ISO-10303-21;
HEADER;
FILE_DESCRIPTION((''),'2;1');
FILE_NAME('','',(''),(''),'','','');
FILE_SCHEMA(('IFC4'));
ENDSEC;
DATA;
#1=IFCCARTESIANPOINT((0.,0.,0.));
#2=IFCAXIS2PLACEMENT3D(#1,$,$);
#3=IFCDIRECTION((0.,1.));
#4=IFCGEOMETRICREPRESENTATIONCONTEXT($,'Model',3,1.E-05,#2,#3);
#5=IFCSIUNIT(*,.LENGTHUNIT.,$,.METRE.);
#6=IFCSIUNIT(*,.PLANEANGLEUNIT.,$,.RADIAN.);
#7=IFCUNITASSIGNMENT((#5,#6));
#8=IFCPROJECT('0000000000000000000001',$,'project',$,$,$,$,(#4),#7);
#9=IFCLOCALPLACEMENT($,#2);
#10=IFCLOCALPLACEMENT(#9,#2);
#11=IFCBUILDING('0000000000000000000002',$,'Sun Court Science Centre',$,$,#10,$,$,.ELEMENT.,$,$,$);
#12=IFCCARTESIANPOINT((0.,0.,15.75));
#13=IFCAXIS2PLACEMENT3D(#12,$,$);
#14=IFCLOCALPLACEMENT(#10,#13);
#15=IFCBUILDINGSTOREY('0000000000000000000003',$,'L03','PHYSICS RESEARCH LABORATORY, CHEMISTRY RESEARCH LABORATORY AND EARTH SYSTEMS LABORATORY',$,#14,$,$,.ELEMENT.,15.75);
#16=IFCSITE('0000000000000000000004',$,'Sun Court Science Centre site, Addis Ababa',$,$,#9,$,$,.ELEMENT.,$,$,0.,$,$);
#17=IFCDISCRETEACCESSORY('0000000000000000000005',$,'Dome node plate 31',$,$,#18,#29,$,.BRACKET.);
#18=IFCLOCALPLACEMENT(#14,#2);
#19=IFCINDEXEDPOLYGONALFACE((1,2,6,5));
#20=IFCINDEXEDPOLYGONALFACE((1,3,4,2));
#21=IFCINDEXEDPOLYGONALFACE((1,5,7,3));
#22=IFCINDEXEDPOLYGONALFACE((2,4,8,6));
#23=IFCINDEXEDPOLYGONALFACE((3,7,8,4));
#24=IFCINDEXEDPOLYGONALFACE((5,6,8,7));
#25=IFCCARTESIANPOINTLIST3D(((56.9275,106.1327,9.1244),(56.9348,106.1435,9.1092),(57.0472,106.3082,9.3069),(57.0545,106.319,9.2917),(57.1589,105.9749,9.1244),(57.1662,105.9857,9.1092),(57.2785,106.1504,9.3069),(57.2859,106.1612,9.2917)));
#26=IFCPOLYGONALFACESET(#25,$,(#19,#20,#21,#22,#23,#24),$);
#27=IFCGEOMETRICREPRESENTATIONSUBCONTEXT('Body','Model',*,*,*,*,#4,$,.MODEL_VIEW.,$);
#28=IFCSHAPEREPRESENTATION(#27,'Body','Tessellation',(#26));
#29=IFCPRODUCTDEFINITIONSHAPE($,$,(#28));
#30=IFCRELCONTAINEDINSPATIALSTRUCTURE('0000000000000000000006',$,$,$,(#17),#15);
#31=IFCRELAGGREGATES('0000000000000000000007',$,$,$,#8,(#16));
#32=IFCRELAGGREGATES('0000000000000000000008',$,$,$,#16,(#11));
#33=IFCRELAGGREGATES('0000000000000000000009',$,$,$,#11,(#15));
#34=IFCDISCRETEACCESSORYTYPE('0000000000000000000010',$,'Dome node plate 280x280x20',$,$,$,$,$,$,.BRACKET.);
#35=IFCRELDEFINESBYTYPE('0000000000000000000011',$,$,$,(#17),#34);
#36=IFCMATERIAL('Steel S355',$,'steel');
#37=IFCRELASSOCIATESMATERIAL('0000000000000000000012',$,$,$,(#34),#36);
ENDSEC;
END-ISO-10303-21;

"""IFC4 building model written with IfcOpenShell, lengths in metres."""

from ifc_helpers import new_model, si_unit, direction, frame, origin, origin_2d, place, context, subcontext, project, spatial, rectangle, extrude, material, material_profile, profile_set, type_object, element, save


model = new_model("IFC4")

# Units and contexts
model_context = context("Model", 3, precision=1e-05, world=origin(), true_north=direction((0.0, 1.0)))
body_context = subcontext(model_context, "Body", "Model", "MODEL_VIEW")
ifc_project = project(units=[si_unit("LENGTHUNIT", "METRE"), si_unit("PLANEANGLEUNIT", "RADIAN")], contexts=[model_context])

# Site, building, storey
site_placement = place(None, origin())
site = spatial("IfcSite", under=ifc_project, at=site_placement, Name="Sun Court Science Centre site, Addis Ababa", CompositionType="ELEMENT", RefElevation=0.0)
building_placement = place(site_placement, origin())
building = spatial("IfcBuilding", under=site, at=building_placement, Name="Sun Court Science Centre", CompositionType="ELEMENT")
storey_placement = place(building_placement, frame((0.0, 0.0, 15.75)))
storey = spatial("IfcBuildingStorey", under=building, at=storey_placement, Name="L03", Description="PHYSICS RESEARCH LABORATORY, CHEMISTRY RESEARCH LABORATORY AND EARTH SYSTEMS LABORATORY", CompositionType="ELEMENT", Elevation=15.75)

# Discrete accessory
ifc_material_1 = material(Name="Steel S355", Category="steel")
ifc_material_profile_1 = material_profile(ifc_material_1, rectangle(XDim=0.28, YDim=0.28, at=origin_2d()), Name="PL 280x280")
ifc_profile_set_1 = profile_set([ifc_material_profile_1], Name="Steel S355")
discrete_accessory_type = type_object("IfcDiscreteAccessoryType", Name="Dome node plate 280x280x20", PredefinedType="BRACKET", material=ifc_profile_set_1)
for number, where, z_axis, x_axis, name in (
    (1, (57.1104, 106.1523, 9.2004), (-0.367057, -0.53835, 0.758584), (0.826227, -0.563337, 0.0), "Dome node plate 31"),
):
    element("IfcDiscreteAccessory", number, at=place(storey_placement, frame(where, z_axis=z_axis, x_axis=x_axis)), inside=storey, type_object=discrete_accessory_type, Name=name, PredefinedType="BRACKET", context=body_context, shape_type="SweptSolid", body=[
        extrude(rectangle(XDim=0.28, YDim=0.28, at=origin_2d()), origin(), (0.0, 0.0, 1.0), 0.02),
    ])

save(model, "model.ifc")
